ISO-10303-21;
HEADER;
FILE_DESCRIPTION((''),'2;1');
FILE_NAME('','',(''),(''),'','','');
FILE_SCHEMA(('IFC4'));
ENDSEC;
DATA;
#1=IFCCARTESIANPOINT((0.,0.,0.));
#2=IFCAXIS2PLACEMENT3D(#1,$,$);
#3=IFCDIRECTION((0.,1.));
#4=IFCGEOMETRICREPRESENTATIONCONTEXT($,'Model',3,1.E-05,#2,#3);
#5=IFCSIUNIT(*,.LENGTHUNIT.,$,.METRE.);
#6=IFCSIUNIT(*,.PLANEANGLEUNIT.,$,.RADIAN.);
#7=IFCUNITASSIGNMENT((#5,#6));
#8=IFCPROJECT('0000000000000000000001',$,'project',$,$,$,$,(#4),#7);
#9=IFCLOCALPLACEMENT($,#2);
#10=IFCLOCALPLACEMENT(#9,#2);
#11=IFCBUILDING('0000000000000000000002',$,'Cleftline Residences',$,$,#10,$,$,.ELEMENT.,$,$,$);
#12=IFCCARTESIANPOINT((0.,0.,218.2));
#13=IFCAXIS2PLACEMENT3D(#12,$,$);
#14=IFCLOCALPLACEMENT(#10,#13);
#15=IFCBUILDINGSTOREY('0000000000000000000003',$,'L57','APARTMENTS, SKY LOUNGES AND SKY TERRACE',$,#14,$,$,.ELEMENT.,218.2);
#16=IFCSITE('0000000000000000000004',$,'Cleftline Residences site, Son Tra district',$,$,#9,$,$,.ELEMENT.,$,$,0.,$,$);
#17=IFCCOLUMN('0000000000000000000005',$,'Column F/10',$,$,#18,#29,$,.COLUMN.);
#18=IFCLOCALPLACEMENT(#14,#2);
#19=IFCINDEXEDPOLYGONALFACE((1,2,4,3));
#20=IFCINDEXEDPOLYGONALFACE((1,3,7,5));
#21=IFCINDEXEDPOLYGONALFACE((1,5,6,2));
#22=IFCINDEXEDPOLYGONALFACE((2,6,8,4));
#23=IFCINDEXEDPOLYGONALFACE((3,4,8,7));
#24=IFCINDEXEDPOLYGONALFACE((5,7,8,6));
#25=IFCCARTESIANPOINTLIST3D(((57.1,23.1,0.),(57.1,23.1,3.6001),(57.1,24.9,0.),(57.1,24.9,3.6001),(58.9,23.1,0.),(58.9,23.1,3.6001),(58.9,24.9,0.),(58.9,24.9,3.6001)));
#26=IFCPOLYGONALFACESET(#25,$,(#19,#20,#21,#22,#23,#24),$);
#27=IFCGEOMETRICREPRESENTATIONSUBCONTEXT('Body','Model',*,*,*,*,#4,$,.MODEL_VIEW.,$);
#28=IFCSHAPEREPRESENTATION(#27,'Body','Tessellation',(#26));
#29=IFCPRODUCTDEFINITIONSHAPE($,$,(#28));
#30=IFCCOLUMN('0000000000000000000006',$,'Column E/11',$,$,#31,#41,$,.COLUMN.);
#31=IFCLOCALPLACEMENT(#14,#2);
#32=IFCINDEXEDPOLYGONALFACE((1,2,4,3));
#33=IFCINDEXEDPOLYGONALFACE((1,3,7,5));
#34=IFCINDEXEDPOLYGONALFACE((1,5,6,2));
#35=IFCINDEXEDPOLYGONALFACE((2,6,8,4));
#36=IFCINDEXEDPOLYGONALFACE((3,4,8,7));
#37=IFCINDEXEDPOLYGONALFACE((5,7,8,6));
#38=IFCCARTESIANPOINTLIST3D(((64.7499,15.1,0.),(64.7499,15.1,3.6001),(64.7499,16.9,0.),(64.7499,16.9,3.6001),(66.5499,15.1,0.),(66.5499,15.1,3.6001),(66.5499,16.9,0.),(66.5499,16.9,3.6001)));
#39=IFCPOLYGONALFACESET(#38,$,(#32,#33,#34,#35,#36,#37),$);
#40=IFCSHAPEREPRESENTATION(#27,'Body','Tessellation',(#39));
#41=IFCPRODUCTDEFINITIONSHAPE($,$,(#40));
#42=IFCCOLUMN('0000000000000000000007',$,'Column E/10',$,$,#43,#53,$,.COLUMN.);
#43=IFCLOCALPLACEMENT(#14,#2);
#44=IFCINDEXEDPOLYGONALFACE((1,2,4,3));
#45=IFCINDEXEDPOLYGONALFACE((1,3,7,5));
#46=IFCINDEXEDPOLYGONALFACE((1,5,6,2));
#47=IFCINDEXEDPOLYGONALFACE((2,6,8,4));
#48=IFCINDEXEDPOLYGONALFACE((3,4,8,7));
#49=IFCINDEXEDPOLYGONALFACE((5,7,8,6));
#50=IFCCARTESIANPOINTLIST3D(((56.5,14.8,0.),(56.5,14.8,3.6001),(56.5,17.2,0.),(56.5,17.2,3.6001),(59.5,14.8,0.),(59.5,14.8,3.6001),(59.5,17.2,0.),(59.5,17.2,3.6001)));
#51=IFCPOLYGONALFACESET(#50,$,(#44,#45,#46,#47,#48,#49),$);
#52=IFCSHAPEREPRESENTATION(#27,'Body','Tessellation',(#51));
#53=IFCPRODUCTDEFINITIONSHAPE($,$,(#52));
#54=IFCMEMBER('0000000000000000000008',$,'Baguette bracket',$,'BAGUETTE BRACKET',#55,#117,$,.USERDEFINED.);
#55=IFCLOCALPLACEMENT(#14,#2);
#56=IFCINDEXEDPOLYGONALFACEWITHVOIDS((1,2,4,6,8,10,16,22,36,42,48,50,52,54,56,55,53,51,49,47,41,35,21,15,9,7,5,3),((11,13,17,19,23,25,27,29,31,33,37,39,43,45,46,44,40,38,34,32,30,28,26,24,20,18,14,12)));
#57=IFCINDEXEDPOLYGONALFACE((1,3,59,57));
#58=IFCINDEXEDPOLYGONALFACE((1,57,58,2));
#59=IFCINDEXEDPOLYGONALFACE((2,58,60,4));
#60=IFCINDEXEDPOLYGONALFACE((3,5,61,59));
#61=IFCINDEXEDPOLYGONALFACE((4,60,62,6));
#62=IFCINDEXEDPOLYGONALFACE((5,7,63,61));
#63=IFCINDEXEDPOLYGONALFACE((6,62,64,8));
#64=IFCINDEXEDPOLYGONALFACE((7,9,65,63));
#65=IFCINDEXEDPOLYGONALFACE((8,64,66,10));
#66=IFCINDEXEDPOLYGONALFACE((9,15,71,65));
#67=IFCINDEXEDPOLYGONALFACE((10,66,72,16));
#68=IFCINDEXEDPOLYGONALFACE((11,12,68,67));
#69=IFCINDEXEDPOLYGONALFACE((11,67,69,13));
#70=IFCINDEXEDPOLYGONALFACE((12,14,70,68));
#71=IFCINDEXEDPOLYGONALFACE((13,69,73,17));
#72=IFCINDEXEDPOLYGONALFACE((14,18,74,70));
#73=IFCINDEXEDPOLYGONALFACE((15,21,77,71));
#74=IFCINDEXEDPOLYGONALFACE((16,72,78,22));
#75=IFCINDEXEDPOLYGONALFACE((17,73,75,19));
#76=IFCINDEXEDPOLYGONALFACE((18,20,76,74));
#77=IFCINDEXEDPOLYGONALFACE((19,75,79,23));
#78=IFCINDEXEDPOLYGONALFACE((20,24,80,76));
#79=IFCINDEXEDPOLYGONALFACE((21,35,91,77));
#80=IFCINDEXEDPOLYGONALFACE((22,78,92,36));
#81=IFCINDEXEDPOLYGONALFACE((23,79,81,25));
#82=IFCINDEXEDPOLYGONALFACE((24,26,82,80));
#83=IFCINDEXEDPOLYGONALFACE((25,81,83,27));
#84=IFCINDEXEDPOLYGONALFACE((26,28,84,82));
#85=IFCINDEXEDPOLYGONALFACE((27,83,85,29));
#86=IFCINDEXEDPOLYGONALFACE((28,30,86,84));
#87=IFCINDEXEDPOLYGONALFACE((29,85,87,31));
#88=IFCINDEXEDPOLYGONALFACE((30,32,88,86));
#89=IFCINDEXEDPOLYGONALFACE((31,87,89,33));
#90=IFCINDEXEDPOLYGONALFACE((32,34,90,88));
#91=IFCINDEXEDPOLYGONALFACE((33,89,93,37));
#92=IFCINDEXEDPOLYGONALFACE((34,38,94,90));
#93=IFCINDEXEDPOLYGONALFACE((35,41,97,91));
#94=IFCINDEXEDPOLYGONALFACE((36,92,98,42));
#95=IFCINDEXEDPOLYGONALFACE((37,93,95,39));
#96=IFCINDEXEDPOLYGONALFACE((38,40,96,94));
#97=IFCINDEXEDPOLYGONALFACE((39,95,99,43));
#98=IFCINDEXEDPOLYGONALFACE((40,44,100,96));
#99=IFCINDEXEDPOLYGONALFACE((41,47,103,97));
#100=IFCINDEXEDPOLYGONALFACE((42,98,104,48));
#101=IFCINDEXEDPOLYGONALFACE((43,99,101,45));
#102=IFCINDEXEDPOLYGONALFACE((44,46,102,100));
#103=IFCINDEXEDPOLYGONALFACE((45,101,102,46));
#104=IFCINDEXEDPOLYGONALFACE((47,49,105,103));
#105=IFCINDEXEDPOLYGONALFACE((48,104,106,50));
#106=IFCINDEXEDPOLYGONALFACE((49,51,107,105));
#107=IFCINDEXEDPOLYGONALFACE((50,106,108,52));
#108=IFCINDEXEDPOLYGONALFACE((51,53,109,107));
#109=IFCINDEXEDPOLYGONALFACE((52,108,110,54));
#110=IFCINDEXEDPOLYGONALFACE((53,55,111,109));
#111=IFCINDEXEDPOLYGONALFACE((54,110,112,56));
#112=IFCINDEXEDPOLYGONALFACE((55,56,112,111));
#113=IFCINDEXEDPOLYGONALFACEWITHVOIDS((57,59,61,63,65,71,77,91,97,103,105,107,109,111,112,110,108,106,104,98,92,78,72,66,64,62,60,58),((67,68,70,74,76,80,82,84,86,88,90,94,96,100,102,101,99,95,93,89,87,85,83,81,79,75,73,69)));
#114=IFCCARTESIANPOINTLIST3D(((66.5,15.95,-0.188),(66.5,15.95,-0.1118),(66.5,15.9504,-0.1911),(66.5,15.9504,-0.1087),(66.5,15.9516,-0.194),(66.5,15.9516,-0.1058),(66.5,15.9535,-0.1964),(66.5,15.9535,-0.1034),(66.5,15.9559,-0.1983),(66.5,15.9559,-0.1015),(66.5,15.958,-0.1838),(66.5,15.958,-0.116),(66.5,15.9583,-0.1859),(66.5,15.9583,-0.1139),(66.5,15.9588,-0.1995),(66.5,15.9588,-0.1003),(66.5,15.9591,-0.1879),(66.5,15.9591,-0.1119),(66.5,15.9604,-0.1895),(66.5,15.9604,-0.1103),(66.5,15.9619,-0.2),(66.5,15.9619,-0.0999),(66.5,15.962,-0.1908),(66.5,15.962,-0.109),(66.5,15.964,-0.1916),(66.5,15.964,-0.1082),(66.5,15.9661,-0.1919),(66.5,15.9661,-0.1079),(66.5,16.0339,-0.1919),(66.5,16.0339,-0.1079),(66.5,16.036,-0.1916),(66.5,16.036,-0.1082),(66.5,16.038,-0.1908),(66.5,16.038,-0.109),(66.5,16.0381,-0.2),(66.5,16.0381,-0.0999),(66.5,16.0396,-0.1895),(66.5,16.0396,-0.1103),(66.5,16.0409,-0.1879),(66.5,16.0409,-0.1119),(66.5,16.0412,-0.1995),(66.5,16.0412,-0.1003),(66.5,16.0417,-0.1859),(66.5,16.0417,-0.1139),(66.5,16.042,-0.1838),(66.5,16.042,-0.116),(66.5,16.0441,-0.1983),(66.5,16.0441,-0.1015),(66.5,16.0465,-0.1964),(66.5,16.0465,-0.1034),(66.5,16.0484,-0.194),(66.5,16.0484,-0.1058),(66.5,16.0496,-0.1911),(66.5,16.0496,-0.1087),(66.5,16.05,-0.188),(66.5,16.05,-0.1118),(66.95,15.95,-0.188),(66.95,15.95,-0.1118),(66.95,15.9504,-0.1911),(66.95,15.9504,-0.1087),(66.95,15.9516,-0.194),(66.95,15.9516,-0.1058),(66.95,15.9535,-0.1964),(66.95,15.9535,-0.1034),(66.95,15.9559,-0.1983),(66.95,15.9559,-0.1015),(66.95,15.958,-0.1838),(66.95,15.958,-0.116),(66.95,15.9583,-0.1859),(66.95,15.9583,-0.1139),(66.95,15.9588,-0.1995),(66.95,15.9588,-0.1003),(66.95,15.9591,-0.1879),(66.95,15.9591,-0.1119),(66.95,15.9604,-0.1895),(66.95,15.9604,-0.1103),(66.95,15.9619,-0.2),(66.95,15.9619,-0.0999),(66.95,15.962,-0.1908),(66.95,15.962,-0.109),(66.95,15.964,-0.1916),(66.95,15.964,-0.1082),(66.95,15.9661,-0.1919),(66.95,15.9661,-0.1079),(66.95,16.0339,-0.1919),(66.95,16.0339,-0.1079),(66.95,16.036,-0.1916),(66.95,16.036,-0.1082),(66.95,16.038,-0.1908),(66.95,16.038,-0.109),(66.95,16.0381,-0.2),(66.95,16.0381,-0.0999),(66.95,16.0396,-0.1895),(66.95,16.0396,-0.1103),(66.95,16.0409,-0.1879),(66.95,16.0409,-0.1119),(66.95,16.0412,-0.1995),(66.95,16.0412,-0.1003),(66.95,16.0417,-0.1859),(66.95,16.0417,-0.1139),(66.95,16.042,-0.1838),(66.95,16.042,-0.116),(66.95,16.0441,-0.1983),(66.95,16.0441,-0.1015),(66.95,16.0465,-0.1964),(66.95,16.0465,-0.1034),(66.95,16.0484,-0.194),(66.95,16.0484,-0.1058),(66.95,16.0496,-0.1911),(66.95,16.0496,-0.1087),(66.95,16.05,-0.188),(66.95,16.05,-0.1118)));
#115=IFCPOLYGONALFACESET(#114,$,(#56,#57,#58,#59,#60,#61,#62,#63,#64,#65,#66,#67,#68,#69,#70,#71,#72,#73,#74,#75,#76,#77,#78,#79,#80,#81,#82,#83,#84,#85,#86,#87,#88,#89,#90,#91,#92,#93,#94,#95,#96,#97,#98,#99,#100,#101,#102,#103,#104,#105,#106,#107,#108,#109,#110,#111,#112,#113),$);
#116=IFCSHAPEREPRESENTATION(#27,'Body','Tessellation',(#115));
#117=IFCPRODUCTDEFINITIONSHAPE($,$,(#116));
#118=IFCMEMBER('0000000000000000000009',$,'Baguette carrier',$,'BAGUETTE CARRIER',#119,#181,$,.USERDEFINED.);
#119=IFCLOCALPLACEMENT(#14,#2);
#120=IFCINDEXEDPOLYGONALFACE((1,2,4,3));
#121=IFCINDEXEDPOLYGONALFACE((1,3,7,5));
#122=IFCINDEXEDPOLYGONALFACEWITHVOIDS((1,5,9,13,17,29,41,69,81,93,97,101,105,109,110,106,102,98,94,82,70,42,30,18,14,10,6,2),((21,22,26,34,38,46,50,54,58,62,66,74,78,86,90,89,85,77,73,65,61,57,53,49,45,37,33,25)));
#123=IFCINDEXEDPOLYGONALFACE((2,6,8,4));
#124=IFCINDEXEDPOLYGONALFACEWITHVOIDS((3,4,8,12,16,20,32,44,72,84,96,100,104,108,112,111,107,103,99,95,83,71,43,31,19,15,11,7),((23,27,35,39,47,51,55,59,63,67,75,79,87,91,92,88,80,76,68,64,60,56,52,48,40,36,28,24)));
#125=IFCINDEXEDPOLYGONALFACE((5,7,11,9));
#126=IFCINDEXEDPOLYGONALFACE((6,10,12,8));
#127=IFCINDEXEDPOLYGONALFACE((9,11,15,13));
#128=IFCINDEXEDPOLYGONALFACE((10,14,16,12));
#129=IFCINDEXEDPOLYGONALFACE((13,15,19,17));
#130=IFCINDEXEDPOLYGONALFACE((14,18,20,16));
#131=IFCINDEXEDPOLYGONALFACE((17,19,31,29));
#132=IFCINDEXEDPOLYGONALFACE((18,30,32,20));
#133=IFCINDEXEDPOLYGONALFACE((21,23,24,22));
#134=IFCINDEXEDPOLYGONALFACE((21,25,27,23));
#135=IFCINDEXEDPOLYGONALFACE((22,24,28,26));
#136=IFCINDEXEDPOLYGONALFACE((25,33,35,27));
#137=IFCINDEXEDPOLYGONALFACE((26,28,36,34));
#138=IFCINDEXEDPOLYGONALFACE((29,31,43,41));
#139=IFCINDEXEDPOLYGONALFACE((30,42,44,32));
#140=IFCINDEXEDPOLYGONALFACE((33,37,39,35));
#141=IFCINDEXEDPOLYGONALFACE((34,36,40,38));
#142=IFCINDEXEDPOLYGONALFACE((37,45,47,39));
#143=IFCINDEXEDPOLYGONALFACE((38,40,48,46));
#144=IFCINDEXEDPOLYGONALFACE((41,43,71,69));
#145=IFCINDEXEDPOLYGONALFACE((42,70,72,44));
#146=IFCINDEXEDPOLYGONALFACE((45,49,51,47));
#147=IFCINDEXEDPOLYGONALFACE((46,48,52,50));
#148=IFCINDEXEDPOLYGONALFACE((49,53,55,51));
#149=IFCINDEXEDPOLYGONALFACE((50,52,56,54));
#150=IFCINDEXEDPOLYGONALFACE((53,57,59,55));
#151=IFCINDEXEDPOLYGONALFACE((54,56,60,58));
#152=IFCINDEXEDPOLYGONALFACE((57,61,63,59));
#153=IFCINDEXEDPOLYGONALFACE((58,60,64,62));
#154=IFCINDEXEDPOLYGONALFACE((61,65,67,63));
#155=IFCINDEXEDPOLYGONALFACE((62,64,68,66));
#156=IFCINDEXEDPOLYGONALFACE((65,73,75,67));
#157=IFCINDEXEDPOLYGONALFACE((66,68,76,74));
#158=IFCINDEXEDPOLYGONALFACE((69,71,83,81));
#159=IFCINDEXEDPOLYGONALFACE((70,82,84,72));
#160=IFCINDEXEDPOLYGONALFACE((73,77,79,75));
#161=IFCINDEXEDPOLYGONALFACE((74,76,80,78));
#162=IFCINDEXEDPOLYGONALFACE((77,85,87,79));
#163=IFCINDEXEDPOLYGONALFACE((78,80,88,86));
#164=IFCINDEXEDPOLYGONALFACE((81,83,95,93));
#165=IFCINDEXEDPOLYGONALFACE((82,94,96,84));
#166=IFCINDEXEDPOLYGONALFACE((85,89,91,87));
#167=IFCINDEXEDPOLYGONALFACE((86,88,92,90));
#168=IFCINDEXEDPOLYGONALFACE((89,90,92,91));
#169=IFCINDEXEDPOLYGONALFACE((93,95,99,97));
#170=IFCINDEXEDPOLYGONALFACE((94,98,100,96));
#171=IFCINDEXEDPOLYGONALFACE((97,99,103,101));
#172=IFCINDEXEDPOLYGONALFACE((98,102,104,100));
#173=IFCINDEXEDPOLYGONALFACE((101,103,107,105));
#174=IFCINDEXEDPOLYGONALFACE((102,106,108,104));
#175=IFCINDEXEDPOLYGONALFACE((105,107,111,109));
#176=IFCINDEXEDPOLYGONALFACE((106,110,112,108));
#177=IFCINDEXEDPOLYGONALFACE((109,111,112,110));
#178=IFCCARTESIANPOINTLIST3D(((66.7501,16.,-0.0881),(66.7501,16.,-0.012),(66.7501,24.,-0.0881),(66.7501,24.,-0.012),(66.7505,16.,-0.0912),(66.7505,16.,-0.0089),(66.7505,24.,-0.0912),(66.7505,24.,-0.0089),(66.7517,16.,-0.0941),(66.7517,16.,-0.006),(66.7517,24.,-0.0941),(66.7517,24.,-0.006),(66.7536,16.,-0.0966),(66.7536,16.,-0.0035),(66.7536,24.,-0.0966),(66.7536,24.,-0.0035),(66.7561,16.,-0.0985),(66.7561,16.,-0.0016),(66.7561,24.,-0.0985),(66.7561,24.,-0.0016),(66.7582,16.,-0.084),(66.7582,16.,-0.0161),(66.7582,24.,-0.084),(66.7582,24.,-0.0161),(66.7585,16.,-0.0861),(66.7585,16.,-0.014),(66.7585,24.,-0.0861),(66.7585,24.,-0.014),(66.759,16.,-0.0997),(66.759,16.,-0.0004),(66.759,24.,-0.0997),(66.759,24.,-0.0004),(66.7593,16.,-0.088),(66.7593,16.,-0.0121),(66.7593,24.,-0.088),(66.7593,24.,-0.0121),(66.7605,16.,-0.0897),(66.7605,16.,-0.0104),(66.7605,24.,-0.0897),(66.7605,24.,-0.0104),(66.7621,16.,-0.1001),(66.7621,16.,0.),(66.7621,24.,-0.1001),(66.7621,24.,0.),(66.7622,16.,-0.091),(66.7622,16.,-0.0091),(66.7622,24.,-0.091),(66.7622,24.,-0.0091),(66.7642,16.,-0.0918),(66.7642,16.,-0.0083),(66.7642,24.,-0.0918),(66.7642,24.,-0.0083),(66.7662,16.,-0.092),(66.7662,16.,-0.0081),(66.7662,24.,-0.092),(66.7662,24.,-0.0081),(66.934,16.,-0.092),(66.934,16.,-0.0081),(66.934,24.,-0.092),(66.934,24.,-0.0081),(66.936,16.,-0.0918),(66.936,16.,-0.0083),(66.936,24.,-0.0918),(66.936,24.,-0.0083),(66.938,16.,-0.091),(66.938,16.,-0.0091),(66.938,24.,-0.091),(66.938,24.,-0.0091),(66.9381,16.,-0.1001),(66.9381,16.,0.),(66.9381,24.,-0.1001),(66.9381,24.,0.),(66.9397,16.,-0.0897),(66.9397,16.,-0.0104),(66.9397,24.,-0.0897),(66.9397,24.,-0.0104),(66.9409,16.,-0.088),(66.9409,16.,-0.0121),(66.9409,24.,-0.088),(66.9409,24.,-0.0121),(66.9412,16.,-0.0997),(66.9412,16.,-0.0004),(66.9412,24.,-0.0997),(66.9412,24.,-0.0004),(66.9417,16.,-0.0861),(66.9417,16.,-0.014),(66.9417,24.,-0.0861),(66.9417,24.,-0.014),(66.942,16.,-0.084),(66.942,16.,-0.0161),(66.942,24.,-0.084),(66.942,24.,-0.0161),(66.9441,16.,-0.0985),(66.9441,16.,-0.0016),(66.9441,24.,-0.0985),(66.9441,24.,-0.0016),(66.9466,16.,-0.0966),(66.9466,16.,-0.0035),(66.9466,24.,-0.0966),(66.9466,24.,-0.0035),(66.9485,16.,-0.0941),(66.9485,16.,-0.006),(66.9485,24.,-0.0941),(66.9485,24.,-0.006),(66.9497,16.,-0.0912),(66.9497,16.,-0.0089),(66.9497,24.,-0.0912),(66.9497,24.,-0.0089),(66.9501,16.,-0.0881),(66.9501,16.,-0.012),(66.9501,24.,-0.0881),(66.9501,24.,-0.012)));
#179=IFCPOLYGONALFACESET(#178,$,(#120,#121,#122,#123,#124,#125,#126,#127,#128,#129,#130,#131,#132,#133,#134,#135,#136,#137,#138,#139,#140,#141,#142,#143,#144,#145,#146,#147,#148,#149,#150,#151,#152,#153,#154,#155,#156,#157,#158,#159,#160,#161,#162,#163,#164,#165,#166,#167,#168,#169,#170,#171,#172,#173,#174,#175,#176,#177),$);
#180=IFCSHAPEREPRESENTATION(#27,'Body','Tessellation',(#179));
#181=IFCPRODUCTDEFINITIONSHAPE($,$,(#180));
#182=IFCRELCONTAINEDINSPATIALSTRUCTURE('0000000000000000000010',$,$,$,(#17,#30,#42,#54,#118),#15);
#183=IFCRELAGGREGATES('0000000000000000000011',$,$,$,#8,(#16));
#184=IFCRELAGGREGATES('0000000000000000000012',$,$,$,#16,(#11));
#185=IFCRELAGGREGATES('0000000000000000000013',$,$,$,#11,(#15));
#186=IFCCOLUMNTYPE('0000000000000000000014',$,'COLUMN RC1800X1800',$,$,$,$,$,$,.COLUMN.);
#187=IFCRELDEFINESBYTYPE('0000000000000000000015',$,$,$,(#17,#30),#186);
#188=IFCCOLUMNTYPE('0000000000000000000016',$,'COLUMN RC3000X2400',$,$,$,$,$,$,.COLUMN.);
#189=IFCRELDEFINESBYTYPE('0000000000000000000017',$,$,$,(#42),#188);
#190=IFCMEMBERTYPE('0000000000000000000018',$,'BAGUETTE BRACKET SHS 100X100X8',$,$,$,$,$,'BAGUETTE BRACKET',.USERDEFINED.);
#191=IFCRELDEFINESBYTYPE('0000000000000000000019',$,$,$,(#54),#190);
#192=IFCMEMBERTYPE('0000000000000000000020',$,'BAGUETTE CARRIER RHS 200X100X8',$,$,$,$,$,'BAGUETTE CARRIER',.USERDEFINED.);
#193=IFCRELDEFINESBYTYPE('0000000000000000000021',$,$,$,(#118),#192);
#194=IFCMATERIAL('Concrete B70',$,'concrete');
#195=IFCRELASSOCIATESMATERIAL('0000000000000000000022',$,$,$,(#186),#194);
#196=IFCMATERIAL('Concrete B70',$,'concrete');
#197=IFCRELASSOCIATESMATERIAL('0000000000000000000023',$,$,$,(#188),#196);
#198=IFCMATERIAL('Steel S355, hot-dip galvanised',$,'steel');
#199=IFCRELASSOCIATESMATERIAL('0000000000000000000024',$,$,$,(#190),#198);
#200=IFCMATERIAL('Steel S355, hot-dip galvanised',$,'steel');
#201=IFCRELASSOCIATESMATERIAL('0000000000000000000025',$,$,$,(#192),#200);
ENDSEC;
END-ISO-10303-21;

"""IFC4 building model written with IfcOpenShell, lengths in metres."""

from ifc_helpers import new_model, si_unit, direction, frame, origin, origin_2d, place, context, subcontext, project, spatial, rectangle, hollow_rectangle, extrude, material, material_profile, profile_set, type_object, element, save


model = new_model("IFC4")

# Units and contexts
model_context = context("Model", 3, precision=1e-05, world=origin(), true_north=direction((0.0, 1.0)))
body_context = subcontext(model_context, "Body", "Model", "MODEL_VIEW")
ifc_project = project(units=[si_unit("LENGTHUNIT", "METRE"), si_unit("PLANEANGLEUNIT", "RADIAN")], contexts=[model_context])

# Site, building, storey
site_placement = place(None, origin())
site = spatial("IfcSite", under=ifc_project, at=site_placement, Name="Cleftline Residences site, Son Tra district", CompositionType="ELEMENT", RefElevation=0.0)
building_placement = place(site_placement, origin())
building = spatial("IfcBuilding", under=site, at=building_placement, Name="Cleftline Residences", CompositionType="ELEMENT")
storey_placement = place(building_placement, frame((0.0, 0.0, 218.2)))
storey = spatial("IfcBuildingStorey", under=building, at=storey_placement, Name="L57", Description="APARTMENTS, SKY LOUNGES AND SKY TERRACE", CompositionType="ELEMENT", Elevation=218.2)

# Columns
ifc_material_1 = material(Name="Concrete B70", Category="concrete")
ifc_material_profile_1 = material_profile(ifc_material_1, rectangle(XDim=1.8, YDim=1.8, at=origin_2d()))
ifc_profile_set_1 = profile_set([ifc_material_profile_1], Name="Concrete B70")
column_type_1 = type_object("IfcColumnType", Name="COLUMN RC1800X1800", PredefinedType="COLUMN", material=ifc_profile_set_1)
for number, where, z_axis, x_axis, name in (
    (1, (58.0, 24.0, 0.0), (0.0, 0.0, 1.0), (1.0, 0.0, 0.0), "Column F/10"),
    (2, (65.6499, 16.0, 0.0), (0.0, 0.0, 1.0), (1.0, 0.0, 0.0), "Column E/11"),
):
    element("IfcColumn", number, at=place(storey_placement, frame(where, z_axis=z_axis, x_axis=x_axis)), inside=storey, type_object=column_type_1, Name=name, PredefinedType="COLUMN", context=body_context, shape_type="SweptSolid", body=[
        extrude(rectangle(XDim=1.8, YDim=1.8, at=origin_2d()), origin(), (0.0, 0.0, 1.0), 3.6001),
    ])
ifc_material_2 = material(Name="Concrete B70", Category="concrete")
ifc_material_profile_2 = material_profile(ifc_material_2, rectangle(XDim=3.0, YDim=2.3999, at=origin_2d()))
ifc_profile_set_2 = profile_set([ifc_material_profile_2], Name="Concrete B70")
column_type_2 = type_object("IfcColumnType", Name="COLUMN RC3000X2400", PredefinedType="COLUMN", material=ifc_profile_set_2)
column_placement = place(storey_placement, frame((58.0, 16.0, 0.0), z_axis=(0.0, 0.0, 1.0), x_axis=(1.0, 0.0, 0.0)))
element("IfcColumn", 3, at=column_placement, inside=storey, type_object=column_type_2, Name="Column E/10", PredefinedType="COLUMN", context=body_context, shape_type="SweptSolid", body=[
    extrude(rectangle(XDim=3.0, YDim=2.3999, at=origin_2d()), origin(), (0.0, 0.0, 1.0), 3.6001),
])

# Members
ifc_material_3 = material(Name="Steel S355, hot-dip galvanised", Category="steel")
ifc_material_profile_3 = material_profile(ifc_material_3, hollow_rectangle(XDim=0.1001, YDim=0.1001, WallThickness=0.0081, InnerFilletRadius=0.0081, OuterFilletRadius=0.012, at=origin_2d()))
ifc_profile_set_3 = profile_set([ifc_material_profile_3], Name="Steel S355, hot-dip galvanised")
member_type_1 = type_object("IfcMemberType", Name="BAGUETTE BRACKET SHS 100X100X8", ElementType="BAGUETTE BRACKET", PredefinedType="USERDEFINED", material=ifc_profile_set_3)
member_1_placement = place(storey_placement, frame((66.5, 16.0, -0.1499), z_axis=(1.0, 0.0, 0.0), x_axis=(0.0, 1.0, 0.0)))
element("IfcMember", 4, at=member_1_placement, inside=storey, type_object=member_type_1, Name="Baguette bracket", ObjectType="BAGUETTE BRACKET", PredefinedType="USERDEFINED", context=body_context, shape_type="SweptSolid", body=[
    extrude(hollow_rectangle(XDim=0.1001, YDim=0.1001, WallThickness=0.0081, InnerFilletRadius=0.0081, OuterFilletRadius=0.012, at=origin_2d()), origin(), (0.0, 0.0, 1.0), 0.45),
])
ifc_material_4 = material(Name="Steel S355, hot-dip galvanised", Category="steel")
ifc_material_profile_4 = material_profile(ifc_material_4, hollow_rectangle(XDim=0.1001, YDim=0.2, WallThickness=0.0081, InnerFilletRadius=0.0081, OuterFilletRadius=0.012, at=origin_2d()))
ifc_profile_set_4 = profile_set([ifc_material_profile_4], Name="Steel S355, hot-dip galvanised")
member_type_2 = type_object("IfcMemberType", Name="BAGUETTE CARRIER RHS 200X100X8", ElementType="BAGUETTE CARRIER", PredefinedType="USERDEFINED", material=ifc_profile_set_4)
member_2_placement = place(storey_placement, frame((66.8501, 16.0, -0.05), z_axis=(0.0, 1.0, 0.0), x_axis=(0.0, 0.0, 1.0)))
element("IfcMember", 5, at=member_2_placement, inside=storey, type_object=member_type_2, Name="Baguette carrier", ObjectType="BAGUETTE CARRIER", PredefinedType="USERDEFINED", context=body_context, shape_type="SweptSolid", body=[
    extrude(hollow_rectangle(XDim=0.1001, YDim=0.2, WallThickness=0.0081, InnerFilletRadius=0.0081, OuterFilletRadius=0.012, at=origin_2d()), origin(), (0.0, 0.0, 1.0), 8.0),
])

save(model, "model.ifc")
